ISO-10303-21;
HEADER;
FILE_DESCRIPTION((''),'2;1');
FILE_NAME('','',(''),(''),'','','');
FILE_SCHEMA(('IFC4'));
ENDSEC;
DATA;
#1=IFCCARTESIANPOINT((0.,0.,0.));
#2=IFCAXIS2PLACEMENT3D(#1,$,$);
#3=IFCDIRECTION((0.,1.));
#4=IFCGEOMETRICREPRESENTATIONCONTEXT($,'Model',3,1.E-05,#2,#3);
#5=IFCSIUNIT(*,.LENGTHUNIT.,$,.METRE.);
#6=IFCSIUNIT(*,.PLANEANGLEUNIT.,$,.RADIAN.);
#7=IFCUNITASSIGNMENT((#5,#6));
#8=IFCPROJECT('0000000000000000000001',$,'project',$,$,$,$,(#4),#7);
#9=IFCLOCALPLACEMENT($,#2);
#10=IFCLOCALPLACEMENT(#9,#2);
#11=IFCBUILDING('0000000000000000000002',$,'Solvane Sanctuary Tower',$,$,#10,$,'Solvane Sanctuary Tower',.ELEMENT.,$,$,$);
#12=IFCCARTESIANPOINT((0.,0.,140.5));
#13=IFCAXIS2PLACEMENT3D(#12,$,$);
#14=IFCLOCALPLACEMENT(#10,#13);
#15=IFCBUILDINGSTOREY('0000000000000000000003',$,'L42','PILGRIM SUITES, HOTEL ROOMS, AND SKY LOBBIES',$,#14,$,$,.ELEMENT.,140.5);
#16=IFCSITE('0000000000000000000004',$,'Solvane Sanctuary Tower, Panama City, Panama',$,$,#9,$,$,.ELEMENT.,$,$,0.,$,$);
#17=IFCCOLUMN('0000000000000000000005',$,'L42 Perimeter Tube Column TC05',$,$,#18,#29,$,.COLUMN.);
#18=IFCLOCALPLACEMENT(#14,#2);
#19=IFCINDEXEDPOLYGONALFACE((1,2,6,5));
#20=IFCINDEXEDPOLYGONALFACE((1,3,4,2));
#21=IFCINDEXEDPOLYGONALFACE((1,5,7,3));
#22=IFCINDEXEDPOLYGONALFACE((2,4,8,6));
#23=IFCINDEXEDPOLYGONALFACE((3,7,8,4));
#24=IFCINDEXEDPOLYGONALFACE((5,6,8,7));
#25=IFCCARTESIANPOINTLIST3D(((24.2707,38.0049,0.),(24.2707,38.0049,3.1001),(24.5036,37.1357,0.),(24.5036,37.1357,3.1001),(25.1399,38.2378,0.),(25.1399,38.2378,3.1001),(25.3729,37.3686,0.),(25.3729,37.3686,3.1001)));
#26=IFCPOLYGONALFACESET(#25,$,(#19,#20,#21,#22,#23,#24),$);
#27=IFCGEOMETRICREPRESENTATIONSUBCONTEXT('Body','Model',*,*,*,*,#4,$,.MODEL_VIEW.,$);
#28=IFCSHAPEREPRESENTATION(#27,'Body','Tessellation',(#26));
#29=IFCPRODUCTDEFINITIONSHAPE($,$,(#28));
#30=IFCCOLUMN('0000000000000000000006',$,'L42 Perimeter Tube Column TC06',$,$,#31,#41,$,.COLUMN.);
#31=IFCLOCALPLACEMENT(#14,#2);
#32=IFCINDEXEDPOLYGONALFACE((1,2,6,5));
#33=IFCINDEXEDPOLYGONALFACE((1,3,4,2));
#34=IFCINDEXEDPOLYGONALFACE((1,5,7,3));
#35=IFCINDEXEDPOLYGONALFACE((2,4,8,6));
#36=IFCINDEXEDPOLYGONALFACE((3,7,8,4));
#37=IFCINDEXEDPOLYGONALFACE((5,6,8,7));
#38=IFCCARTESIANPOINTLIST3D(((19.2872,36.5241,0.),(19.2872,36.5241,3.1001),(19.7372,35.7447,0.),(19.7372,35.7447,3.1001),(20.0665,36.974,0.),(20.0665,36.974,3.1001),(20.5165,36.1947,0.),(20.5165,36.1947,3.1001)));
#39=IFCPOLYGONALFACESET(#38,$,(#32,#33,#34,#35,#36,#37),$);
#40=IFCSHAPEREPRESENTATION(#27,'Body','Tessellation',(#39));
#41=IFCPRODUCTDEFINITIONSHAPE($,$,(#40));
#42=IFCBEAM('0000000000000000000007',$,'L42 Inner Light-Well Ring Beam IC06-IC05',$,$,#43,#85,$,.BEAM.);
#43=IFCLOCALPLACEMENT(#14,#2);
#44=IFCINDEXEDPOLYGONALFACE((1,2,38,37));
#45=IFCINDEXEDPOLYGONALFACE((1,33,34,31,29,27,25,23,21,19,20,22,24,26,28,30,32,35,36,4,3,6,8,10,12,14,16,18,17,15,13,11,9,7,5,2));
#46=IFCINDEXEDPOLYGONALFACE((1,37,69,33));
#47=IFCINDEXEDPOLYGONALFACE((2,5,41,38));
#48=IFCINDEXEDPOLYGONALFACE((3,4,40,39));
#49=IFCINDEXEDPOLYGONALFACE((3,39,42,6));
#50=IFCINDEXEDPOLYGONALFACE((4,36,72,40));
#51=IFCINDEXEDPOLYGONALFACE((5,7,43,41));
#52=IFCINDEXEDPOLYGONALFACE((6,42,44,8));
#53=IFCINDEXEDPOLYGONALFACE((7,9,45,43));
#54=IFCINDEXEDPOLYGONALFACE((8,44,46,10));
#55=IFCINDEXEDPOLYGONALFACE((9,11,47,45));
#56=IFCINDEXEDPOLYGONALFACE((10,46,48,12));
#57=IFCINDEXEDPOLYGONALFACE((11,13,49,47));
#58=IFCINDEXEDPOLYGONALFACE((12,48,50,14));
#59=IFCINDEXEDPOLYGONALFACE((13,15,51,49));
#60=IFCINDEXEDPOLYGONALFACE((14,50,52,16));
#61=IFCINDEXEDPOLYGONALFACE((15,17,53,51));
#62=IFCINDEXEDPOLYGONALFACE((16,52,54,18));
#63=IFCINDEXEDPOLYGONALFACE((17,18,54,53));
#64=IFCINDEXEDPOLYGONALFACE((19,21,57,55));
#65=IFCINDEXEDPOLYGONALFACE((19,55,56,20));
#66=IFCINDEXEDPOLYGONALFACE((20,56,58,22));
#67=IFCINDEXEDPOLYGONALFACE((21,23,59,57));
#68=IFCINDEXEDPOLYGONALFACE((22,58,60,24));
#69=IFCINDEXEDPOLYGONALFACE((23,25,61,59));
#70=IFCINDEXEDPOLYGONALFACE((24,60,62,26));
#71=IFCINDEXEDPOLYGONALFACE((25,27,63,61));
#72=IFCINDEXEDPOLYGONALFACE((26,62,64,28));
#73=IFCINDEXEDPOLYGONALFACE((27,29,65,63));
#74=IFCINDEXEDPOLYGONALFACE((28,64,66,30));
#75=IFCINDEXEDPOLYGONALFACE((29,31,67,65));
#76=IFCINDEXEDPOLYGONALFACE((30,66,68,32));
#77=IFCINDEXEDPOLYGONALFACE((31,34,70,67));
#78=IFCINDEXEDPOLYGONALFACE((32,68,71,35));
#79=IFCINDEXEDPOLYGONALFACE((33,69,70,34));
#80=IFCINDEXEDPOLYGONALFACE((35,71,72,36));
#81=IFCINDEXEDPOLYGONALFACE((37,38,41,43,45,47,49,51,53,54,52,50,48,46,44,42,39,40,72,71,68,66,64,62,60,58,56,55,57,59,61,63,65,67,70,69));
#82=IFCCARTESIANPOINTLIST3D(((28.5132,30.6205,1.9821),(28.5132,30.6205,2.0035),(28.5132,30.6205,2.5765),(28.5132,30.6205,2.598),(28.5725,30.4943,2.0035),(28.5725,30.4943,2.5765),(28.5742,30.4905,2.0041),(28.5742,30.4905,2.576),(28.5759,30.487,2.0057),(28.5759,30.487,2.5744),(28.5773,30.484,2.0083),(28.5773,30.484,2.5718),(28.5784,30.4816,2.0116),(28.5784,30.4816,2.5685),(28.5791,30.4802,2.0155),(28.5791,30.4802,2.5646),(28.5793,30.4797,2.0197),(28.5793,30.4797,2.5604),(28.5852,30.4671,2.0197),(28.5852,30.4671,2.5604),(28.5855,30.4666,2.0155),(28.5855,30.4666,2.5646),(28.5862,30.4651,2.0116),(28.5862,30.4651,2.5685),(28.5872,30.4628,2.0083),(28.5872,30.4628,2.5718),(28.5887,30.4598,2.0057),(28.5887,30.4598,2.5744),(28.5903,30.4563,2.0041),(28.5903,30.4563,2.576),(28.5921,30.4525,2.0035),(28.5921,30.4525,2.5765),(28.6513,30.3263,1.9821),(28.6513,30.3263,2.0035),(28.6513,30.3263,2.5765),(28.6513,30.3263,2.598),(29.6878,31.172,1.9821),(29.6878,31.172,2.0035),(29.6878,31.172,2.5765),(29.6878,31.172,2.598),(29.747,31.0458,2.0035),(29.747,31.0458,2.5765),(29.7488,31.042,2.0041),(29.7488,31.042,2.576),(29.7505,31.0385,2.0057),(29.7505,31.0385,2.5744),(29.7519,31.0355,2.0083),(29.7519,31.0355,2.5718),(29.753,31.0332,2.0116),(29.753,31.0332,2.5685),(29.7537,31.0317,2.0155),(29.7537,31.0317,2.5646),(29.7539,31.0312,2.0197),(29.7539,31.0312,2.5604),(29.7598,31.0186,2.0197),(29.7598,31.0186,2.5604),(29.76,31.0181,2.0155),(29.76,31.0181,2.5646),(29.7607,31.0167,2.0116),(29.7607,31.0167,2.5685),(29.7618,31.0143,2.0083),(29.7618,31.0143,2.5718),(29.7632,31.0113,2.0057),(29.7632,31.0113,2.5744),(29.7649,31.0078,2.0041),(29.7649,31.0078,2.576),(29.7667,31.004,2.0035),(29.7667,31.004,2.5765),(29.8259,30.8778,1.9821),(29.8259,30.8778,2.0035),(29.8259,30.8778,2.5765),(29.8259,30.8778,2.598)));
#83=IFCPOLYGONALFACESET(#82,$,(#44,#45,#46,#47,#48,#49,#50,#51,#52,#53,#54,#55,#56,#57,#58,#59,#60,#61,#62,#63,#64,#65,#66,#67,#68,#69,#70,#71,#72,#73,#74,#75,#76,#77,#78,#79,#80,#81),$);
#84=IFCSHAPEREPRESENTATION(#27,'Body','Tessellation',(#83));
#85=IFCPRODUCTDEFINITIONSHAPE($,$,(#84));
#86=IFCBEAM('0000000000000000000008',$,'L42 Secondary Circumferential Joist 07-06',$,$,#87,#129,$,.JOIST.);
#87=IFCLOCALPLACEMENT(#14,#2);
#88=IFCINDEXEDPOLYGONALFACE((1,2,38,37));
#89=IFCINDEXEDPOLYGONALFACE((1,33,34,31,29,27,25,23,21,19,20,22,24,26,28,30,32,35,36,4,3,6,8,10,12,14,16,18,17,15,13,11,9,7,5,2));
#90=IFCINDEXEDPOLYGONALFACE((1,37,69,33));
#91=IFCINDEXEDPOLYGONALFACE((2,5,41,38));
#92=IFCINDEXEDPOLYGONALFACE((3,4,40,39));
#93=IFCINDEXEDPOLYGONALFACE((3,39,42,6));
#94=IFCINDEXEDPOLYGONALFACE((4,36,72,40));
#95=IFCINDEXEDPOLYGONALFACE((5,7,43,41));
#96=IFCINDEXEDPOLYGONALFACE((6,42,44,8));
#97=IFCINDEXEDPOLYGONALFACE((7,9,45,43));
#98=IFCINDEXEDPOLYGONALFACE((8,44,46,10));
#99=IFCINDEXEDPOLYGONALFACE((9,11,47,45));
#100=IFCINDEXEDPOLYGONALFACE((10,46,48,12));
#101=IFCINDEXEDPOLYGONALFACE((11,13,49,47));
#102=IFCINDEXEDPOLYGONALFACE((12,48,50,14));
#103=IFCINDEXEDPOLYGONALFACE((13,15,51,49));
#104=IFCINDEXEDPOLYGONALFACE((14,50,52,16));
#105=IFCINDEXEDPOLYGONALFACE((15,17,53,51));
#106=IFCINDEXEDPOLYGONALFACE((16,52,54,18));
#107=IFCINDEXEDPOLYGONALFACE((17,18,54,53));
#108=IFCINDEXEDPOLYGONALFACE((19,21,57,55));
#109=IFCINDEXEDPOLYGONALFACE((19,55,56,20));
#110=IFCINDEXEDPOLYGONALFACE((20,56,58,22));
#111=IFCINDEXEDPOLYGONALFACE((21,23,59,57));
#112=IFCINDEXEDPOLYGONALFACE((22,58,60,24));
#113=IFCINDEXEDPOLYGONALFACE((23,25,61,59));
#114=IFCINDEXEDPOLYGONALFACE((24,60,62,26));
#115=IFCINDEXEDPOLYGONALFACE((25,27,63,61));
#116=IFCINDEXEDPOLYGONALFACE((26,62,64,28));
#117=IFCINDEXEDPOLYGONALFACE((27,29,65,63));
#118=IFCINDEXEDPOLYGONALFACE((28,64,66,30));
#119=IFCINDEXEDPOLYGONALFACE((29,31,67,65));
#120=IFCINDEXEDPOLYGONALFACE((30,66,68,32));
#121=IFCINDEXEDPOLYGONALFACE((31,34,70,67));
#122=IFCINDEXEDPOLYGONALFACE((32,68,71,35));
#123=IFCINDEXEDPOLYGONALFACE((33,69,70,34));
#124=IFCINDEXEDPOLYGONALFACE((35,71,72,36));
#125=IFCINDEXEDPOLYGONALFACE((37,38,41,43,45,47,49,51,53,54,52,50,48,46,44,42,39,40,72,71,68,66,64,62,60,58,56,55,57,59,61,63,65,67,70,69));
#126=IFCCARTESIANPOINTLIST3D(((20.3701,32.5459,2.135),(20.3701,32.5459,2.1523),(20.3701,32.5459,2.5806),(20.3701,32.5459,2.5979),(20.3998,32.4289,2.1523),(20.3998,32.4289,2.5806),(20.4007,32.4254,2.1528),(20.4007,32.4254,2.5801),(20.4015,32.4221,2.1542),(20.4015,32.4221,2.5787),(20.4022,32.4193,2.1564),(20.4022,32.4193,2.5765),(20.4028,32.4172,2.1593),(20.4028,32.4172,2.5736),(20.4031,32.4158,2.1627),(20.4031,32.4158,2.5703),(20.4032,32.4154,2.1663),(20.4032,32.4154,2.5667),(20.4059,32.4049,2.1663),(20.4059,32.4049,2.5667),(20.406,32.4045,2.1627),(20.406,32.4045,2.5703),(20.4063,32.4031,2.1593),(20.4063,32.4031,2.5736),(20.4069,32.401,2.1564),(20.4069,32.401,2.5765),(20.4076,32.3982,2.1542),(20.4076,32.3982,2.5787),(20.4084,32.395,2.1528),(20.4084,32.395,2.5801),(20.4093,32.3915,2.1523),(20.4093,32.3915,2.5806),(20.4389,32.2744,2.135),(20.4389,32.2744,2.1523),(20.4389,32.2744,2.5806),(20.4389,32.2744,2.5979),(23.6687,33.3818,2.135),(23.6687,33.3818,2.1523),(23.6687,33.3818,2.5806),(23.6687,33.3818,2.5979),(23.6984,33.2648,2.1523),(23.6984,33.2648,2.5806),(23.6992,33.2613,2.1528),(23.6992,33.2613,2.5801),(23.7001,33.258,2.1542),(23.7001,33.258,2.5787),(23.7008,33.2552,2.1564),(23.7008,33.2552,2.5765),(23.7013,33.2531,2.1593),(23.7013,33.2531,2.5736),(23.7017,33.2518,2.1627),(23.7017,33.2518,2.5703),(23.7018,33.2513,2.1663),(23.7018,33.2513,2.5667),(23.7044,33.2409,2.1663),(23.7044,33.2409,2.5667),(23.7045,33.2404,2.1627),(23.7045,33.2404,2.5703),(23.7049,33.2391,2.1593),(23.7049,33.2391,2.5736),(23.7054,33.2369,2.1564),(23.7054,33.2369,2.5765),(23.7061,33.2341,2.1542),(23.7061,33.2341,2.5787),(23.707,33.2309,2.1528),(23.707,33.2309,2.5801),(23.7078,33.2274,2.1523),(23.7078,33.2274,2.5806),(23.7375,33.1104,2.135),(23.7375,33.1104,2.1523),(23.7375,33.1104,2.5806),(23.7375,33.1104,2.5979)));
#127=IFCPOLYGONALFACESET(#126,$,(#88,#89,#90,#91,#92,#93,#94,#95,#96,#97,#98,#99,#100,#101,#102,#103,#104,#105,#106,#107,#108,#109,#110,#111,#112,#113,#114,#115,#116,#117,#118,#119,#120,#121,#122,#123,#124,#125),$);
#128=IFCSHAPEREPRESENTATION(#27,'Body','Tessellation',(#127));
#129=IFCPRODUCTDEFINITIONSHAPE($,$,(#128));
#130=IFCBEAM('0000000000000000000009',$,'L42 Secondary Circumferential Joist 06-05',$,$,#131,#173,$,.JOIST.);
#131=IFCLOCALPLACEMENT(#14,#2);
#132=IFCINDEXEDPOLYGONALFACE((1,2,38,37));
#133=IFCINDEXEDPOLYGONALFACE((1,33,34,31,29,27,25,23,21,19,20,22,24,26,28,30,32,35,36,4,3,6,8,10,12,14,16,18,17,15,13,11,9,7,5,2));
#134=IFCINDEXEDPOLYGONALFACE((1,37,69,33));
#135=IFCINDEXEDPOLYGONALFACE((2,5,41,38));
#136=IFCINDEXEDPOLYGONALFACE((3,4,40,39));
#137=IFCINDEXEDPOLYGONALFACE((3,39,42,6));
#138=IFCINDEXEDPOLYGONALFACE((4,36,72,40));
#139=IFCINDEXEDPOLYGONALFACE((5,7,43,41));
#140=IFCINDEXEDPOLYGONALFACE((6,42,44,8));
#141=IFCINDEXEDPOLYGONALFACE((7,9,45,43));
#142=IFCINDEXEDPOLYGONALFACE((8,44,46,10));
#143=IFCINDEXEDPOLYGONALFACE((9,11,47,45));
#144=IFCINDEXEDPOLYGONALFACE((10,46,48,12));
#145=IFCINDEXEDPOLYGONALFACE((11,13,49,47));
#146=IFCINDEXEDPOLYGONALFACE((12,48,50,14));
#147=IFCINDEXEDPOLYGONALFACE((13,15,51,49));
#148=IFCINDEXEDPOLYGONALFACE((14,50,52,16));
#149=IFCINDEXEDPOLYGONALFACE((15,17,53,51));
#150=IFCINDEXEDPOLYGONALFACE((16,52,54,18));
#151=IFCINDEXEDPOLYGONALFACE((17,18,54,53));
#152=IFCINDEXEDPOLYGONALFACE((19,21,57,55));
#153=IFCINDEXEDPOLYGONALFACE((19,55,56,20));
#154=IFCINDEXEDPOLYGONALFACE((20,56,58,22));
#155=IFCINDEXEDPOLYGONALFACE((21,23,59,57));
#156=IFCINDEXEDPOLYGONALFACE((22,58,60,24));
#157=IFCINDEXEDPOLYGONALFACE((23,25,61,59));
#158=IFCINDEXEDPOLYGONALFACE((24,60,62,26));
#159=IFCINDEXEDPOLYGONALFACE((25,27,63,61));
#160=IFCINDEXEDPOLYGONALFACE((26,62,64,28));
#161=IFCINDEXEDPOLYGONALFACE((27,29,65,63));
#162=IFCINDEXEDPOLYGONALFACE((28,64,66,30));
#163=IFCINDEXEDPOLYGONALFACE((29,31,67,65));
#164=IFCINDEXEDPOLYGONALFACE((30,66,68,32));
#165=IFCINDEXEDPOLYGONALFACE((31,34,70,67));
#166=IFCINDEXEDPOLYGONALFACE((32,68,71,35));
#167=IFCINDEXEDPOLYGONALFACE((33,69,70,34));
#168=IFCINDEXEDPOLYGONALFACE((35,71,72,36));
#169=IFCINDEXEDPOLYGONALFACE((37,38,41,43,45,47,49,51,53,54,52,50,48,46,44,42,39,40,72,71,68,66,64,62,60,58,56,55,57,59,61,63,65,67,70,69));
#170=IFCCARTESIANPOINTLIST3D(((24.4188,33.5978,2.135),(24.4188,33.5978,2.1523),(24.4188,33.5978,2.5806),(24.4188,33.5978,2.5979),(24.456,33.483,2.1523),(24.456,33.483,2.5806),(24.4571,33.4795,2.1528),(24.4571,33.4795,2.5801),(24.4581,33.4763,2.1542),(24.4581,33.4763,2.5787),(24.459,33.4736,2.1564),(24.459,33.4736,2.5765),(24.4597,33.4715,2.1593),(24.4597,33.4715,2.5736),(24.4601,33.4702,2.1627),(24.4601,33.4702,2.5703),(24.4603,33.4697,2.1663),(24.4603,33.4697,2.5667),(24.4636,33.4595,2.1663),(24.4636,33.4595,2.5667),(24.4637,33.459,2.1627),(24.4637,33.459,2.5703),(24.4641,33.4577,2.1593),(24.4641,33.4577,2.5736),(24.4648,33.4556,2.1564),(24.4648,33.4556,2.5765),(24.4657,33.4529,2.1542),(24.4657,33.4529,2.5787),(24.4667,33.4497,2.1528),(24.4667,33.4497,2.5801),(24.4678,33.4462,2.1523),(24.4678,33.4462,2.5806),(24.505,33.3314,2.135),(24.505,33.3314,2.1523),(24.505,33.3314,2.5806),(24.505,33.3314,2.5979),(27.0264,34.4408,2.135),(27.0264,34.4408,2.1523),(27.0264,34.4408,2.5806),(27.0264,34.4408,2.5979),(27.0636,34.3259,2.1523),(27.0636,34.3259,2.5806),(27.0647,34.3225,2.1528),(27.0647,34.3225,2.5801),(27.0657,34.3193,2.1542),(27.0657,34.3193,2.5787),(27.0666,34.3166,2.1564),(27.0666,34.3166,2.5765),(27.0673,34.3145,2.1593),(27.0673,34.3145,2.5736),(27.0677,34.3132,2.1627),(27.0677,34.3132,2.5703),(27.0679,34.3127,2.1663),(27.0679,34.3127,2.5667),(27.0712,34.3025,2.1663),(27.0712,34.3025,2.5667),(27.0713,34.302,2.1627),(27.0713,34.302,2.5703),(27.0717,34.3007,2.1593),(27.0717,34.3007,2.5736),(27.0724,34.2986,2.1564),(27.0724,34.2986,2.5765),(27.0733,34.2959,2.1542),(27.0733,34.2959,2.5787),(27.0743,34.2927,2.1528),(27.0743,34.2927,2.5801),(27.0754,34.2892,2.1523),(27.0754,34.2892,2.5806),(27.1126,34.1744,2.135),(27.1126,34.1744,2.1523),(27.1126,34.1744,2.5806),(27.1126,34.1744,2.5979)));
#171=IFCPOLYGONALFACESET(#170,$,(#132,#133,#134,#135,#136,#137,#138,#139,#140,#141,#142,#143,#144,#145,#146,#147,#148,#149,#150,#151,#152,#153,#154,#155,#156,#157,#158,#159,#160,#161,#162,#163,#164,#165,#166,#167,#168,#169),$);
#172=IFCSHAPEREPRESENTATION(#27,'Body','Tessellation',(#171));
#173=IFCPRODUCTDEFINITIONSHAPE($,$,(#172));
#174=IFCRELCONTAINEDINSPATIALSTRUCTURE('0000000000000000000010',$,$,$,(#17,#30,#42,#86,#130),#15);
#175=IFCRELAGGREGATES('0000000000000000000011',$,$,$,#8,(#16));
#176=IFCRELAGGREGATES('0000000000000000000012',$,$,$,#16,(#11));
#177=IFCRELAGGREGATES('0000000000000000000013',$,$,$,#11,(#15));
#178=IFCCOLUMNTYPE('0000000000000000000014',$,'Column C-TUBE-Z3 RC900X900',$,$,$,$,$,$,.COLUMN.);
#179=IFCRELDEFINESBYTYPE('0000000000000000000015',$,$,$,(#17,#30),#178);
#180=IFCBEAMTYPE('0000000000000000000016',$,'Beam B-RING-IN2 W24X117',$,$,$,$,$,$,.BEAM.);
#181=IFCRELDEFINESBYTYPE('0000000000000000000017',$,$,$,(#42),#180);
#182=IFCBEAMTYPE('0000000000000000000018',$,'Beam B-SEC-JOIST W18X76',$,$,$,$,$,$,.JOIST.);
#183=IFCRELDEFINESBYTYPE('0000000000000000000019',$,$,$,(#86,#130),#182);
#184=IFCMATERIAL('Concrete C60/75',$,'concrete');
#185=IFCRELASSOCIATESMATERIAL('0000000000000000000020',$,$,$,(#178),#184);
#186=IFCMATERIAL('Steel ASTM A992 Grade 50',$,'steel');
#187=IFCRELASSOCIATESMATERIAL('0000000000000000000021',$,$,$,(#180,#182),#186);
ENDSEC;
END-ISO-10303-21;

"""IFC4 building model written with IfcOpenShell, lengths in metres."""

from ifc_helpers import new_model, si_unit, direction, frame, origin, origin_2d, place, context, subcontext, project, spatial, rectangle, i_section, extrude, material, material_profile, profile_set, type_object, element, save


model = new_model("IFC4")

# Units and contexts
model_context = context("Model", 3, precision=1e-05, world=origin(), true_north=direction((0.0, 1.0)))
body_context = subcontext(model_context, "Body", "Model", "MODEL_VIEW")
ifc_project = project(units=[si_unit("LENGTHUNIT", "METRE"), si_unit("PLANEANGLEUNIT", "RADIAN")], contexts=[model_context])

# Site, building, storey
site_placement = place(None, origin())
site = spatial("IfcSite", under=ifc_project, at=site_placement, Name="Solvane Sanctuary Tower, Panama City, Panama", CompositionType="ELEMENT", RefElevation=0.0)
building_placement = place(site_placement, origin())
building = spatial("IfcBuilding", under=site, at=building_placement, Name="Solvane Sanctuary Tower", LongName="Solvane Sanctuary Tower", CompositionType="ELEMENT")
storey_placement = place(building_placement, frame((0.0, 0.0, 140.5)))
storey = spatial("IfcBuildingStorey", under=building, at=storey_placement, Name="L42", Description="PILGRIM SUITES, HOTEL ROOMS, AND SKY LOBBIES", CompositionType="ELEMENT", Elevation=140.5)

# Columns
ifc_material_1 = material(Name="Concrete C60/75", Category="concrete")
ifc_material_profile_1 = material_profile(ifc_material_1, rectangle(XDim=0.8999, YDim=0.8999, at=origin_2d()), Name="RC900X900")
ifc_profile_set_1 = profile_set([ifc_material_profile_1], Name="Concrete C60/75")
column_type = type_object("IfcColumnType", Name="Column C-TUBE-Z3 RC900X900", PredefinedType="COLUMN", material=ifc_profile_set_1)
for number, where, z_axis, x_axis, name in (
    (1, (24.8218, 37.6868, 0.0), (0.0, 0.0, 1.0), (-0.258819, 0.965926, 0.0), "L42 Perimeter Tube Column TC05"),
    (2, (19.9019, 36.3594, 0.0), (0.0, 0.0, 1.0), (-0.5, 0.866025, 0.0), "L42 Perimeter Tube Column TC06"),
):
    element("IfcColumn", number, at=place(storey_placement, frame(where, z_axis=z_axis, x_axis=x_axis)), inside=storey, type_object=column_type, Name=name, PredefinedType="COLUMN", context=body_context, shape_type="SweptSolid", body=[
        extrude(rectangle(XDim=0.8999, YDim=0.8999, at=origin_2d()), origin(), (0.0, 0.0, 1.0), 3.1001),
    ])

# Beams
ifc_material_2 = material(Name="Steel ASTM A992 Grade 50", Category="steel")
ifc_material_profile_2 = material_profile(ifc_material_2, i_section(OverallWidth=0.325, OverallDepth=0.616, WebThickness=0.0139, FlangeThickness=0.0215, FilletRadius=0.0161, at=origin_2d()), Name="W24X117")
ifc_profile_set_2 = profile_set([ifc_material_profile_2], Name="Steel ASTM A992 Grade 50")
beam_type_1 = type_object("IfcBeamType", Name="Beam B-RING-IN2 W24X117", PredefinedType="BEAM", material=ifc_profile_set_2)
beam_1_placement = place(storey_placement, frame((28.5823, 30.4734, 2.29), z_axis=(0.905181, 0.425027, 0.0), x_axis=(-0.425027, 0.905181, 0.0)))
element("IfcBeam", 3, at=beam_1_placement, inside=storey, type_object=beam_type_1, Name="L42 Inner Light-Well Ring Beam IC06-IC05", PredefinedType="BEAM", context=body_context, shape_type="SweptSolid", body=[
    extrude(i_section(OverallWidth=0.325, OverallDepth=0.616, WebThickness=0.0139, FlangeThickness=0.0215, FilletRadius=0.0161, at=origin_2d()), origin(), (0.0, 0.0, 1.0), 1.2976),
])
ifc_material_profile_3 = material_profile(ifc_material_2, i_section(OverallWidth=0.28, OverallDepth=0.4629, WebThickness=0.0107, FlangeThickness=0.0173, FilletRadius=0.0139, at=origin_2d()), Name="W18X76")
ifc_profile_set_3 = profile_set([ifc_material_profile_3], Name="Steel ASTM A992 Grade 50")
beam_type_2 = type_object("IfcBeamType", Name="Beam B-SEC-JOIST W18X76", PredefinedType="JOIST", material=ifc_profile_set_3)
beam_2_placement = place(storey_placement, frame((20.4045, 32.4102, 2.3665), z_axis=(0.969357, 0.245657, 0.0), x_axis=(-0.245657, 0.969357, 0.0)))
element("IfcBeam", 4, at=beam_2_placement, inside=storey, type_object=beam_type_2, Name="L42 Secondary Circumferential Joist 07-06", PredefinedType="JOIST", context=body_context, shape_type="SweptSolid", body=[
    extrude(i_section(OverallWidth=0.28, OverallDepth=0.4629, WebThickness=0.0107, FlangeThickness=0.0173, FilletRadius=0.0139, at=origin_2d()), origin(), (0.0, 0.0, 1.0), 3.4028),
])
beam_3_placement = place(storey_placement, frame((24.4619, 33.4646, 2.3665), z_axis=(0.951513, 0.307609, 0.0), x_axis=(-0.307609, 0.951513, 0.0)))
element("IfcBeam", 5, at=beam_3_placement, inside=storey, type_object=beam_type_2, Name="L42 Secondary Circumferential Joist 06-05", PredefinedType="JOIST", context=body_context, shape_type="SweptSolid", body=[
    extrude(i_section(OverallWidth=0.28, OverallDepth=0.4629, WebThickness=0.0107, FlangeThickness=0.0173, FilletRadius=0.0139, at=origin_2d()), origin(), (0.0, 0.0, 1.0), 2.7405),
])

save(model, "model.ifc")
